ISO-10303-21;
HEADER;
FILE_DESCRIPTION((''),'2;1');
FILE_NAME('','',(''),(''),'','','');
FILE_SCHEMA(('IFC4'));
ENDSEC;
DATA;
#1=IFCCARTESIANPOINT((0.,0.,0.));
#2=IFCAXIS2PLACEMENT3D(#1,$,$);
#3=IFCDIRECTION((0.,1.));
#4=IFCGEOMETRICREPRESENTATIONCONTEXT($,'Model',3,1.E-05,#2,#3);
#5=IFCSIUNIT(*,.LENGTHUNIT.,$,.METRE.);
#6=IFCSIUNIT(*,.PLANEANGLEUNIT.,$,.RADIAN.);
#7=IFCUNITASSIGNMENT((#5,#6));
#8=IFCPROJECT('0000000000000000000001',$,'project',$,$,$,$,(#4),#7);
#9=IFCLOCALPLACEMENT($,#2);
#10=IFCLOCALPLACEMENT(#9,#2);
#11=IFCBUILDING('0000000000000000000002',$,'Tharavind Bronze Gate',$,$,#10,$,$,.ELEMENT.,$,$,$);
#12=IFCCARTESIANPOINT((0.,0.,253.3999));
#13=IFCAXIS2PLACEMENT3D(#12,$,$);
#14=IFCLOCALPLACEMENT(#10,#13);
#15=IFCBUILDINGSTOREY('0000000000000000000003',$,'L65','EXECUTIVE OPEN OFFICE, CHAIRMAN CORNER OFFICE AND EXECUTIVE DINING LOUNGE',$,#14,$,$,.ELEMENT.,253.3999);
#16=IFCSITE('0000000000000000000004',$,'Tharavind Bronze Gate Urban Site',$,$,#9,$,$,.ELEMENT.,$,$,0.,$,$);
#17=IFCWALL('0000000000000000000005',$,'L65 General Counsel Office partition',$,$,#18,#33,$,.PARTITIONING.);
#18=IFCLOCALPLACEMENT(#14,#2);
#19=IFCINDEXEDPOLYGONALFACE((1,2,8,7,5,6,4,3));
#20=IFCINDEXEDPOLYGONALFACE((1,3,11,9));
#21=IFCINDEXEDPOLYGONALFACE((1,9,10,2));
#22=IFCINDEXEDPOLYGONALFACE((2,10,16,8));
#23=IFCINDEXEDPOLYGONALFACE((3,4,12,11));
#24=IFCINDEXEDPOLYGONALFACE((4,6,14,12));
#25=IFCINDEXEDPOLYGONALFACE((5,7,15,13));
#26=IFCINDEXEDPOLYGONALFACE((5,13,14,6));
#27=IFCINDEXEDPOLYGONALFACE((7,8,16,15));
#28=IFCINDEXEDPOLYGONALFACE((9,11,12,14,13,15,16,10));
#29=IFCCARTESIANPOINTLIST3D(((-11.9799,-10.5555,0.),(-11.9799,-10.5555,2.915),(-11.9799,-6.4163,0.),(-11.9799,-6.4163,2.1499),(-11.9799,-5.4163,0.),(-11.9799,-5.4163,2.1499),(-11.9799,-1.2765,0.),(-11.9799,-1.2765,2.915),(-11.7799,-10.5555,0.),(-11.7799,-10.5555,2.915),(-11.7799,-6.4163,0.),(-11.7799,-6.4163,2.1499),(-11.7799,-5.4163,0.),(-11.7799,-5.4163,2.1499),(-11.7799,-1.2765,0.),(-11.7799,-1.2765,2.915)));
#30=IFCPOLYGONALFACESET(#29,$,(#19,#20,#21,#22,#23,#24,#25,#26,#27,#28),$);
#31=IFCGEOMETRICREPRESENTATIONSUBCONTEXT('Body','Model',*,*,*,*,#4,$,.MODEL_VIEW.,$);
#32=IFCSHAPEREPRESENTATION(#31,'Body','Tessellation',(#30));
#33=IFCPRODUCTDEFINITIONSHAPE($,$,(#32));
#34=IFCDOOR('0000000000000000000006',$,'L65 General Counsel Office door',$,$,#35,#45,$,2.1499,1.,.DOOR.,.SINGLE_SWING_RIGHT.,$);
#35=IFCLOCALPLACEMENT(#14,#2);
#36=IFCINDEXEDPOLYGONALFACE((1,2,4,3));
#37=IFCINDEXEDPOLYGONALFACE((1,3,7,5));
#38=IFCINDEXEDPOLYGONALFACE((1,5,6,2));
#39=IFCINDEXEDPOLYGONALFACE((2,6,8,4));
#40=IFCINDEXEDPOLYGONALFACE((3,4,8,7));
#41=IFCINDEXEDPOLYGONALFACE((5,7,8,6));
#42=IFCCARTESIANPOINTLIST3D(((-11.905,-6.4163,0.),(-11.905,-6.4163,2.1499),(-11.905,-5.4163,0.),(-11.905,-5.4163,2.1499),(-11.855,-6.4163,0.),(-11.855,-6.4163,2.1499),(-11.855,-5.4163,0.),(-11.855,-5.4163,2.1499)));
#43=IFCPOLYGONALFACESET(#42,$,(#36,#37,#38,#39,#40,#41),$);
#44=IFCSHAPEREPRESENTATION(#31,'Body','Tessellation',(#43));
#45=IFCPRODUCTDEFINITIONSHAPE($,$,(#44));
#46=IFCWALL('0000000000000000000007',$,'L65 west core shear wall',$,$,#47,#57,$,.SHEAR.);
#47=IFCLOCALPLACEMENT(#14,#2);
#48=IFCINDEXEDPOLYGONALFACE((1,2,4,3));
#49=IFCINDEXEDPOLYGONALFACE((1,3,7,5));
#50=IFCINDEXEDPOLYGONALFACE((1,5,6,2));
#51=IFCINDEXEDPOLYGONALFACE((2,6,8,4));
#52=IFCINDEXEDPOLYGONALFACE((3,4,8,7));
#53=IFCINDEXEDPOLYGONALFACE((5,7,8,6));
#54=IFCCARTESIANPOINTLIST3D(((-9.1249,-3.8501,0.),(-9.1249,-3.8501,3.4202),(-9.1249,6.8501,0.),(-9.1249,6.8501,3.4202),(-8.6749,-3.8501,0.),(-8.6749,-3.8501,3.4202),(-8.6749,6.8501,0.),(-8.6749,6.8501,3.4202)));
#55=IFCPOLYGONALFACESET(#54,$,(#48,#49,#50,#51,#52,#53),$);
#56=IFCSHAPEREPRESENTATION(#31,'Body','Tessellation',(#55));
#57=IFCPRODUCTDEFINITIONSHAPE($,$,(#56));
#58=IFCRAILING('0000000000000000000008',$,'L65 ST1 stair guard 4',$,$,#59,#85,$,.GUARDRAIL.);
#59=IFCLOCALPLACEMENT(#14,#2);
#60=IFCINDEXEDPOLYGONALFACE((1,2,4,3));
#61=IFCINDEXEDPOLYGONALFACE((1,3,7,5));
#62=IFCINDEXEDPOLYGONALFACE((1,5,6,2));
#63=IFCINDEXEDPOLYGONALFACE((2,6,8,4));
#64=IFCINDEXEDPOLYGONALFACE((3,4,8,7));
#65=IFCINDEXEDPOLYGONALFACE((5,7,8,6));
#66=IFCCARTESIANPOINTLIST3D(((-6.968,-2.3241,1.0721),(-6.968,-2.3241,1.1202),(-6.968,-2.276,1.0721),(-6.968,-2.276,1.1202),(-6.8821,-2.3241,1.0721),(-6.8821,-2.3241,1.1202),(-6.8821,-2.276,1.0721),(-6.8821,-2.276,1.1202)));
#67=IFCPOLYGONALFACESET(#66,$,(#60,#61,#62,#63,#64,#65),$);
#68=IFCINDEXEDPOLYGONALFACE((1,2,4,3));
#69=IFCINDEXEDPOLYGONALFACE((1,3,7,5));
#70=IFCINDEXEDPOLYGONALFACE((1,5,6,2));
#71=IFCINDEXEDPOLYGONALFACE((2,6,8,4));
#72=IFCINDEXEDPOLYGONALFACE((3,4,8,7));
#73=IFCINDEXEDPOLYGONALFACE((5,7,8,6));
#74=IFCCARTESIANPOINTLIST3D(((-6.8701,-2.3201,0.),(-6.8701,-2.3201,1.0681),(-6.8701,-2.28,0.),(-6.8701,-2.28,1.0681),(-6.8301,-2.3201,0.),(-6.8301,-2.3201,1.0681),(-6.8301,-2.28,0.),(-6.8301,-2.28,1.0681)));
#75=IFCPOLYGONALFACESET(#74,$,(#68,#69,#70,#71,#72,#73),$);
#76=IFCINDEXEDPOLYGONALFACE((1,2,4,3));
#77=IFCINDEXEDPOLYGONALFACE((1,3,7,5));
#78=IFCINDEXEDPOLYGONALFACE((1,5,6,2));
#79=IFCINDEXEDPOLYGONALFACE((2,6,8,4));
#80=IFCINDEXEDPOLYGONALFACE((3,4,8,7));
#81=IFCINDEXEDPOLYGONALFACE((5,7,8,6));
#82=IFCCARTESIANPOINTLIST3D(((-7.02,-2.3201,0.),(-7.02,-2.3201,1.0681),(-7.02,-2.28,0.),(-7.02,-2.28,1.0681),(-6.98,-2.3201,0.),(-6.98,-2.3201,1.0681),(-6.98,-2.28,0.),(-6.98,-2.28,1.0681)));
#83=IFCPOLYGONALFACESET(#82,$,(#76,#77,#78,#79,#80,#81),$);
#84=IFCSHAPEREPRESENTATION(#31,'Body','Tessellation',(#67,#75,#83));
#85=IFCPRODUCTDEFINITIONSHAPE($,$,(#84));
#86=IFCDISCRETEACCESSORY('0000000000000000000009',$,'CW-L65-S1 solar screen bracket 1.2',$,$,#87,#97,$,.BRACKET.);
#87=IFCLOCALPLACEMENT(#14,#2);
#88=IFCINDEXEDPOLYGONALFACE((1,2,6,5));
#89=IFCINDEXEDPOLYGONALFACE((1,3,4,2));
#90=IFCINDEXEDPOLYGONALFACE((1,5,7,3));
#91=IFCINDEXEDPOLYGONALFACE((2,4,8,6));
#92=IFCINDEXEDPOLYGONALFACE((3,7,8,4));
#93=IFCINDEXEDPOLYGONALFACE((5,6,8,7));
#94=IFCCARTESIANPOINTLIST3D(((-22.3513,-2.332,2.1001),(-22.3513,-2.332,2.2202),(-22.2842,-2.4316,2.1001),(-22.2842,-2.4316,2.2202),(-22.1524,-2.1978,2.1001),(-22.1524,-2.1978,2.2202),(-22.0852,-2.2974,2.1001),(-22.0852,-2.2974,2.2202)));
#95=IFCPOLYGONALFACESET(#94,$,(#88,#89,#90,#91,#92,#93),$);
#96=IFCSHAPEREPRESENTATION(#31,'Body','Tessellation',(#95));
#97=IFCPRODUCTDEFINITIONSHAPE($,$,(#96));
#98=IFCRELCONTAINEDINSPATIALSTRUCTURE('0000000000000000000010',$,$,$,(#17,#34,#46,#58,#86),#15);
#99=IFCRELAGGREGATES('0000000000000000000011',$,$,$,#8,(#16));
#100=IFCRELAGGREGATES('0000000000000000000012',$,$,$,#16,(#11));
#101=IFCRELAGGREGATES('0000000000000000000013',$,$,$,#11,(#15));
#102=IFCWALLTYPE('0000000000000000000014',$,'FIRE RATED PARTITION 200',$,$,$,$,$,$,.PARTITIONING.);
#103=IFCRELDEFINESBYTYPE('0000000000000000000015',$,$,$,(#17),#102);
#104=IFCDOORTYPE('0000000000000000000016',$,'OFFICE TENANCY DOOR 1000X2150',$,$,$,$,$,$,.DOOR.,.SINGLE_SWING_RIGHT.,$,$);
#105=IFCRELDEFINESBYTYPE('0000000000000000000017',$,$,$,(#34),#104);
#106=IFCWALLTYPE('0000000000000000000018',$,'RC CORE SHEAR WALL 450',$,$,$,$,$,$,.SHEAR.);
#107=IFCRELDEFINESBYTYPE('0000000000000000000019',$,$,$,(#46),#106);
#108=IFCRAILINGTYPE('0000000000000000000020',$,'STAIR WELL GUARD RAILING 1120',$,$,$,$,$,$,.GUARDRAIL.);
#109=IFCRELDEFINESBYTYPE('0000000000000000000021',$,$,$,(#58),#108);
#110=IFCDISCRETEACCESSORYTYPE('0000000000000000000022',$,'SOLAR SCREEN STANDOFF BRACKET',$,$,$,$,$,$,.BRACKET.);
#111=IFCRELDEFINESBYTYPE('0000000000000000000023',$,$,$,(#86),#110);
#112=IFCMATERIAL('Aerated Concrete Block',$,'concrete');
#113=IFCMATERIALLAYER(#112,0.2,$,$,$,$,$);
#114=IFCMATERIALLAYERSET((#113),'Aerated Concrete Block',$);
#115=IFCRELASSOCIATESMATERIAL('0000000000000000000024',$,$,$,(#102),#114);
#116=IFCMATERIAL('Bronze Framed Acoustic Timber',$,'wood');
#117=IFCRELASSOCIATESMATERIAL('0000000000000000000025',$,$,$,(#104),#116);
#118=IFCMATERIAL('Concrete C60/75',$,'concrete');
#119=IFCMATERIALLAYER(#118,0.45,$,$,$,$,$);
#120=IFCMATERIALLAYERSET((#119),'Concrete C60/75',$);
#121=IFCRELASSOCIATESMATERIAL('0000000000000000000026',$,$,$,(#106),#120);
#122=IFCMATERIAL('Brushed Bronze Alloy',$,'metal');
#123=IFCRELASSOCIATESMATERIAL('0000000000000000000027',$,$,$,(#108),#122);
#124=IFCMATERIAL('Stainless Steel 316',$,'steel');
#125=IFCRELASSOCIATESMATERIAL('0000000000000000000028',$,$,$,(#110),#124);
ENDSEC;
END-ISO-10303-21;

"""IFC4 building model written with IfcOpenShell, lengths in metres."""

from ifc_helpers import new_model, si_unit, direction, frame, frame_2d, origin, origin_2d, place, context, subcontext, project, spatial, rectangle, extrude, material, layer, layer_set, type_object, element, fill, save


model = new_model("IFC4")

# Units and contexts
model_context = context("Model", 3, precision=1e-05, world=origin(), true_north=direction((0.0, 1.0)))
body_context = subcontext(model_context, "Body", "Model", "MODEL_VIEW")
ifc_project = project(units=[si_unit("LENGTHUNIT", "METRE"), si_unit("PLANEANGLEUNIT", "RADIAN")], contexts=[model_context])

# Site, building, storey
site_placement = place(None, origin())
site = spatial("IfcSite", under=ifc_project, at=site_placement, Name="Tharavind Bronze Gate Urban Site", CompositionType="ELEMENT", RefElevation=0.0)
building_placement = place(site_placement, origin())
building = spatial("IfcBuilding", under=site, at=building_placement, Name="Tharavind Bronze Gate", CompositionType="ELEMENT")
storey_placement = place(building_placement, frame((0.0, 0.0, 253.3999)))
storey = spatial("IfcBuildingStorey", under=building, at=storey_placement, Name="L65", Description="EXECUTIVE OPEN OFFICE, CHAIRMAN CORNER OFFICE AND EXECUTIVE DINING LOUNGE", CompositionType="ELEMENT", Elevation=253.3999)

# Shared definitions
ifc_material_1 = material(Name="Aerated Concrete Block", Category="concrete")
ifc_layer_1 = layer(ifc_material_1, 0.2)
ifc_layer_set_1 = layer_set([ifc_layer_1], Name="Aerated Concrete Block")
wall_type_1 = type_object("IfcWallType", Name="FIRE RATED PARTITION 200", PredefinedType="PARTITIONING", material=ifc_layer_set_1)

# Wall, opening, door
wall_1_placement = place(storey_placement, frame((-11.8799, -1.2764, 0.0), z_axis=(0.0, 0.0, 1.0), x_axis=(0.0, -1.0, 0.0)))
wall_1 = element("IfcWall", 1, at=wall_1_placement, inside=storey, type_object=wall_type_1, Name="L65 General Counsel Office partition", PredefinedType="PARTITIONING", context=body_context, shape_type="SweptSolid", body=[
    extrude(rectangle(XDim=9.2791, YDim=0.2, at=frame_2d((4.6396, 0.0))), origin(), (0.0, 0.0, 1.0), 2.915),
])
opening_1_placement = place(wall_1_placement, frame((4.1399, 0.0, 0.0)))
opening_1 = element("IfcOpeningElement", 2, at=opening_1_placement, cuts=wall_1, PredefinedType="OPENING", context=body_context, shape_type="SweptSolid", body=[
    extrude(rectangle(XDim=1.0, YDim=2.1499, at=frame_2d((0.5, 1.075))), frame((0.0, 0.1101, 0.0), z_axis=(0.0, -1.0, 0.0), x_axis=(1.0, 0.0, 0.0)), (0.0, 0.0, 1.0), 0.22),
])
ifc_material_2 = material(Name="Bronze Framed Acoustic Timber", Category="wood")
door_type_1 = type_object("IfcDoorType", Name="OFFICE TENANCY DOOR 1000X2150", OperationType="SINGLE_SWING_RIGHT", PredefinedType="DOOR", material=ifc_material_2)
door_1_placement = place(opening_1_placement, origin())
door_1 = element("IfcDoor", 3, at=door_1_placement, inside=storey, type_object=door_type_1, Name="L65 General Counsel Office door", OperationType="SINGLE_SWING_RIGHT", OverallHeight=2.1499, OverallWidth=1.0, PredefinedType="DOOR", context=body_context, shape_type="SweptSolid", body=[
    extrude(rectangle(XDim=1.0, YDim=2.1499, at=frame_2d((0.5, 1.075))), frame((0.0, 0.0249, 0.0), z_axis=(0.0, -1.0, 0.0), x_axis=(1.0, 0.0, 0.0)), (0.0, 0.0, 1.0), 0.05),
])
fill(opening_1, door_1)

# Wall
ifc_material_3 = material(Name="Concrete C60/75", Category="concrete")
ifc_layer_2 = layer(ifc_material_3, 0.45)
ifc_layer_set_2 = layer_set([ifc_layer_2], Name="Concrete C60/75")
wall_type_2 = type_object("IfcWallType", Name="RC CORE SHEAR WALL 450", PredefinedType="SHEAR", material=ifc_layer_set_2)
wall_2_placement = place(storey_placement, frame((-8.8999, -3.8501, 0.0), z_axis=(0.0, 0.0, 1.0), x_axis=(0.0, 1.0, 0.0)))
element("IfcWall", 4, at=wall_2_placement, inside=storey, type_object=wall_type_2, Name="L65 west core shear wall", PredefinedType="SHEAR", context=body_context, shape_type="SweptSolid", body=[
    extrude(rectangle(XDim=10.7002, YDim=0.45, at=frame_2d((5.3501, 0.0))), origin(), (0.0, 0.0, 1.0), 3.4202),
])

# Railing
ifc_material_4 = material(Name="Brushed Bronze Alloy", Category="metal")
railing_type = type_object("IfcRailingType", Name="STAIR WELL GUARD RAILING 1120", PredefinedType="GUARDRAIL", material=ifc_material_4)
railing_placement = place(storey_placement, frame((-6.8501, -2.3, 0.0)))
element("IfcRailing", 5, at=railing_placement, inside=storey, type_object=railing_type, Name="L65 ST1 stair guard 4", PredefinedType="GUARDRAIL", context=body_context, shape_type="SweptSolid", body=[
    extrude(rectangle(XDim=0.0481, YDim=0.0481, at=origin_2d()), frame((-0.032, 0.0, 1.0962), z_axis=(-1.0, 0.0, 0.0), x_axis=(0.0, -1.0, 0.0)), (0.0, 0.0, 1.0), 0.0859),
    extrude(rectangle(XDim=0.04, YDim=0.04, at=origin_2d()), origin(), (0.0, 0.0, 1.0), 1.0681),
    extrude(rectangle(XDim=0.04, YDim=0.04, at=origin_2d()), frame((-0.1499, 0.0, 0.0)), (0.0, 0.0, 1.0), 1.0681),
])

# Discrete accessory
ifc_material_5 = material(Name="Stainless Steel 316", Category="steel")
discrete_accessory_type = type_object("IfcDiscreteAccessoryType", Name="SOLAR SCREEN STANDOFF BRACKET", PredefinedType="BRACKET", material=ifc_material_5)
discrete_accessory_placement = place(storey_placement, frame((-22.2183, -2.3147, 2.1001), z_axis=(0.0, 0.0, 1.0), x_axis=(0.559191, -0.829039, 0.0)))
element("IfcDiscreteAccessory", 6, at=discrete_accessory_placement, inside=storey, type_object=discrete_accessory_type, Name="CW-L65-S1 solar screen bracket 1.2", PredefinedType="BRACKET", context=body_context, shape_type="SweptSolid", body=[
    extrude(rectangle(XDim=0.1201, YDim=0.24, at=origin_2d()), origin(), (0.0, 0.0, 1.0), 0.1201),
])

save(model, "model.ifc")
